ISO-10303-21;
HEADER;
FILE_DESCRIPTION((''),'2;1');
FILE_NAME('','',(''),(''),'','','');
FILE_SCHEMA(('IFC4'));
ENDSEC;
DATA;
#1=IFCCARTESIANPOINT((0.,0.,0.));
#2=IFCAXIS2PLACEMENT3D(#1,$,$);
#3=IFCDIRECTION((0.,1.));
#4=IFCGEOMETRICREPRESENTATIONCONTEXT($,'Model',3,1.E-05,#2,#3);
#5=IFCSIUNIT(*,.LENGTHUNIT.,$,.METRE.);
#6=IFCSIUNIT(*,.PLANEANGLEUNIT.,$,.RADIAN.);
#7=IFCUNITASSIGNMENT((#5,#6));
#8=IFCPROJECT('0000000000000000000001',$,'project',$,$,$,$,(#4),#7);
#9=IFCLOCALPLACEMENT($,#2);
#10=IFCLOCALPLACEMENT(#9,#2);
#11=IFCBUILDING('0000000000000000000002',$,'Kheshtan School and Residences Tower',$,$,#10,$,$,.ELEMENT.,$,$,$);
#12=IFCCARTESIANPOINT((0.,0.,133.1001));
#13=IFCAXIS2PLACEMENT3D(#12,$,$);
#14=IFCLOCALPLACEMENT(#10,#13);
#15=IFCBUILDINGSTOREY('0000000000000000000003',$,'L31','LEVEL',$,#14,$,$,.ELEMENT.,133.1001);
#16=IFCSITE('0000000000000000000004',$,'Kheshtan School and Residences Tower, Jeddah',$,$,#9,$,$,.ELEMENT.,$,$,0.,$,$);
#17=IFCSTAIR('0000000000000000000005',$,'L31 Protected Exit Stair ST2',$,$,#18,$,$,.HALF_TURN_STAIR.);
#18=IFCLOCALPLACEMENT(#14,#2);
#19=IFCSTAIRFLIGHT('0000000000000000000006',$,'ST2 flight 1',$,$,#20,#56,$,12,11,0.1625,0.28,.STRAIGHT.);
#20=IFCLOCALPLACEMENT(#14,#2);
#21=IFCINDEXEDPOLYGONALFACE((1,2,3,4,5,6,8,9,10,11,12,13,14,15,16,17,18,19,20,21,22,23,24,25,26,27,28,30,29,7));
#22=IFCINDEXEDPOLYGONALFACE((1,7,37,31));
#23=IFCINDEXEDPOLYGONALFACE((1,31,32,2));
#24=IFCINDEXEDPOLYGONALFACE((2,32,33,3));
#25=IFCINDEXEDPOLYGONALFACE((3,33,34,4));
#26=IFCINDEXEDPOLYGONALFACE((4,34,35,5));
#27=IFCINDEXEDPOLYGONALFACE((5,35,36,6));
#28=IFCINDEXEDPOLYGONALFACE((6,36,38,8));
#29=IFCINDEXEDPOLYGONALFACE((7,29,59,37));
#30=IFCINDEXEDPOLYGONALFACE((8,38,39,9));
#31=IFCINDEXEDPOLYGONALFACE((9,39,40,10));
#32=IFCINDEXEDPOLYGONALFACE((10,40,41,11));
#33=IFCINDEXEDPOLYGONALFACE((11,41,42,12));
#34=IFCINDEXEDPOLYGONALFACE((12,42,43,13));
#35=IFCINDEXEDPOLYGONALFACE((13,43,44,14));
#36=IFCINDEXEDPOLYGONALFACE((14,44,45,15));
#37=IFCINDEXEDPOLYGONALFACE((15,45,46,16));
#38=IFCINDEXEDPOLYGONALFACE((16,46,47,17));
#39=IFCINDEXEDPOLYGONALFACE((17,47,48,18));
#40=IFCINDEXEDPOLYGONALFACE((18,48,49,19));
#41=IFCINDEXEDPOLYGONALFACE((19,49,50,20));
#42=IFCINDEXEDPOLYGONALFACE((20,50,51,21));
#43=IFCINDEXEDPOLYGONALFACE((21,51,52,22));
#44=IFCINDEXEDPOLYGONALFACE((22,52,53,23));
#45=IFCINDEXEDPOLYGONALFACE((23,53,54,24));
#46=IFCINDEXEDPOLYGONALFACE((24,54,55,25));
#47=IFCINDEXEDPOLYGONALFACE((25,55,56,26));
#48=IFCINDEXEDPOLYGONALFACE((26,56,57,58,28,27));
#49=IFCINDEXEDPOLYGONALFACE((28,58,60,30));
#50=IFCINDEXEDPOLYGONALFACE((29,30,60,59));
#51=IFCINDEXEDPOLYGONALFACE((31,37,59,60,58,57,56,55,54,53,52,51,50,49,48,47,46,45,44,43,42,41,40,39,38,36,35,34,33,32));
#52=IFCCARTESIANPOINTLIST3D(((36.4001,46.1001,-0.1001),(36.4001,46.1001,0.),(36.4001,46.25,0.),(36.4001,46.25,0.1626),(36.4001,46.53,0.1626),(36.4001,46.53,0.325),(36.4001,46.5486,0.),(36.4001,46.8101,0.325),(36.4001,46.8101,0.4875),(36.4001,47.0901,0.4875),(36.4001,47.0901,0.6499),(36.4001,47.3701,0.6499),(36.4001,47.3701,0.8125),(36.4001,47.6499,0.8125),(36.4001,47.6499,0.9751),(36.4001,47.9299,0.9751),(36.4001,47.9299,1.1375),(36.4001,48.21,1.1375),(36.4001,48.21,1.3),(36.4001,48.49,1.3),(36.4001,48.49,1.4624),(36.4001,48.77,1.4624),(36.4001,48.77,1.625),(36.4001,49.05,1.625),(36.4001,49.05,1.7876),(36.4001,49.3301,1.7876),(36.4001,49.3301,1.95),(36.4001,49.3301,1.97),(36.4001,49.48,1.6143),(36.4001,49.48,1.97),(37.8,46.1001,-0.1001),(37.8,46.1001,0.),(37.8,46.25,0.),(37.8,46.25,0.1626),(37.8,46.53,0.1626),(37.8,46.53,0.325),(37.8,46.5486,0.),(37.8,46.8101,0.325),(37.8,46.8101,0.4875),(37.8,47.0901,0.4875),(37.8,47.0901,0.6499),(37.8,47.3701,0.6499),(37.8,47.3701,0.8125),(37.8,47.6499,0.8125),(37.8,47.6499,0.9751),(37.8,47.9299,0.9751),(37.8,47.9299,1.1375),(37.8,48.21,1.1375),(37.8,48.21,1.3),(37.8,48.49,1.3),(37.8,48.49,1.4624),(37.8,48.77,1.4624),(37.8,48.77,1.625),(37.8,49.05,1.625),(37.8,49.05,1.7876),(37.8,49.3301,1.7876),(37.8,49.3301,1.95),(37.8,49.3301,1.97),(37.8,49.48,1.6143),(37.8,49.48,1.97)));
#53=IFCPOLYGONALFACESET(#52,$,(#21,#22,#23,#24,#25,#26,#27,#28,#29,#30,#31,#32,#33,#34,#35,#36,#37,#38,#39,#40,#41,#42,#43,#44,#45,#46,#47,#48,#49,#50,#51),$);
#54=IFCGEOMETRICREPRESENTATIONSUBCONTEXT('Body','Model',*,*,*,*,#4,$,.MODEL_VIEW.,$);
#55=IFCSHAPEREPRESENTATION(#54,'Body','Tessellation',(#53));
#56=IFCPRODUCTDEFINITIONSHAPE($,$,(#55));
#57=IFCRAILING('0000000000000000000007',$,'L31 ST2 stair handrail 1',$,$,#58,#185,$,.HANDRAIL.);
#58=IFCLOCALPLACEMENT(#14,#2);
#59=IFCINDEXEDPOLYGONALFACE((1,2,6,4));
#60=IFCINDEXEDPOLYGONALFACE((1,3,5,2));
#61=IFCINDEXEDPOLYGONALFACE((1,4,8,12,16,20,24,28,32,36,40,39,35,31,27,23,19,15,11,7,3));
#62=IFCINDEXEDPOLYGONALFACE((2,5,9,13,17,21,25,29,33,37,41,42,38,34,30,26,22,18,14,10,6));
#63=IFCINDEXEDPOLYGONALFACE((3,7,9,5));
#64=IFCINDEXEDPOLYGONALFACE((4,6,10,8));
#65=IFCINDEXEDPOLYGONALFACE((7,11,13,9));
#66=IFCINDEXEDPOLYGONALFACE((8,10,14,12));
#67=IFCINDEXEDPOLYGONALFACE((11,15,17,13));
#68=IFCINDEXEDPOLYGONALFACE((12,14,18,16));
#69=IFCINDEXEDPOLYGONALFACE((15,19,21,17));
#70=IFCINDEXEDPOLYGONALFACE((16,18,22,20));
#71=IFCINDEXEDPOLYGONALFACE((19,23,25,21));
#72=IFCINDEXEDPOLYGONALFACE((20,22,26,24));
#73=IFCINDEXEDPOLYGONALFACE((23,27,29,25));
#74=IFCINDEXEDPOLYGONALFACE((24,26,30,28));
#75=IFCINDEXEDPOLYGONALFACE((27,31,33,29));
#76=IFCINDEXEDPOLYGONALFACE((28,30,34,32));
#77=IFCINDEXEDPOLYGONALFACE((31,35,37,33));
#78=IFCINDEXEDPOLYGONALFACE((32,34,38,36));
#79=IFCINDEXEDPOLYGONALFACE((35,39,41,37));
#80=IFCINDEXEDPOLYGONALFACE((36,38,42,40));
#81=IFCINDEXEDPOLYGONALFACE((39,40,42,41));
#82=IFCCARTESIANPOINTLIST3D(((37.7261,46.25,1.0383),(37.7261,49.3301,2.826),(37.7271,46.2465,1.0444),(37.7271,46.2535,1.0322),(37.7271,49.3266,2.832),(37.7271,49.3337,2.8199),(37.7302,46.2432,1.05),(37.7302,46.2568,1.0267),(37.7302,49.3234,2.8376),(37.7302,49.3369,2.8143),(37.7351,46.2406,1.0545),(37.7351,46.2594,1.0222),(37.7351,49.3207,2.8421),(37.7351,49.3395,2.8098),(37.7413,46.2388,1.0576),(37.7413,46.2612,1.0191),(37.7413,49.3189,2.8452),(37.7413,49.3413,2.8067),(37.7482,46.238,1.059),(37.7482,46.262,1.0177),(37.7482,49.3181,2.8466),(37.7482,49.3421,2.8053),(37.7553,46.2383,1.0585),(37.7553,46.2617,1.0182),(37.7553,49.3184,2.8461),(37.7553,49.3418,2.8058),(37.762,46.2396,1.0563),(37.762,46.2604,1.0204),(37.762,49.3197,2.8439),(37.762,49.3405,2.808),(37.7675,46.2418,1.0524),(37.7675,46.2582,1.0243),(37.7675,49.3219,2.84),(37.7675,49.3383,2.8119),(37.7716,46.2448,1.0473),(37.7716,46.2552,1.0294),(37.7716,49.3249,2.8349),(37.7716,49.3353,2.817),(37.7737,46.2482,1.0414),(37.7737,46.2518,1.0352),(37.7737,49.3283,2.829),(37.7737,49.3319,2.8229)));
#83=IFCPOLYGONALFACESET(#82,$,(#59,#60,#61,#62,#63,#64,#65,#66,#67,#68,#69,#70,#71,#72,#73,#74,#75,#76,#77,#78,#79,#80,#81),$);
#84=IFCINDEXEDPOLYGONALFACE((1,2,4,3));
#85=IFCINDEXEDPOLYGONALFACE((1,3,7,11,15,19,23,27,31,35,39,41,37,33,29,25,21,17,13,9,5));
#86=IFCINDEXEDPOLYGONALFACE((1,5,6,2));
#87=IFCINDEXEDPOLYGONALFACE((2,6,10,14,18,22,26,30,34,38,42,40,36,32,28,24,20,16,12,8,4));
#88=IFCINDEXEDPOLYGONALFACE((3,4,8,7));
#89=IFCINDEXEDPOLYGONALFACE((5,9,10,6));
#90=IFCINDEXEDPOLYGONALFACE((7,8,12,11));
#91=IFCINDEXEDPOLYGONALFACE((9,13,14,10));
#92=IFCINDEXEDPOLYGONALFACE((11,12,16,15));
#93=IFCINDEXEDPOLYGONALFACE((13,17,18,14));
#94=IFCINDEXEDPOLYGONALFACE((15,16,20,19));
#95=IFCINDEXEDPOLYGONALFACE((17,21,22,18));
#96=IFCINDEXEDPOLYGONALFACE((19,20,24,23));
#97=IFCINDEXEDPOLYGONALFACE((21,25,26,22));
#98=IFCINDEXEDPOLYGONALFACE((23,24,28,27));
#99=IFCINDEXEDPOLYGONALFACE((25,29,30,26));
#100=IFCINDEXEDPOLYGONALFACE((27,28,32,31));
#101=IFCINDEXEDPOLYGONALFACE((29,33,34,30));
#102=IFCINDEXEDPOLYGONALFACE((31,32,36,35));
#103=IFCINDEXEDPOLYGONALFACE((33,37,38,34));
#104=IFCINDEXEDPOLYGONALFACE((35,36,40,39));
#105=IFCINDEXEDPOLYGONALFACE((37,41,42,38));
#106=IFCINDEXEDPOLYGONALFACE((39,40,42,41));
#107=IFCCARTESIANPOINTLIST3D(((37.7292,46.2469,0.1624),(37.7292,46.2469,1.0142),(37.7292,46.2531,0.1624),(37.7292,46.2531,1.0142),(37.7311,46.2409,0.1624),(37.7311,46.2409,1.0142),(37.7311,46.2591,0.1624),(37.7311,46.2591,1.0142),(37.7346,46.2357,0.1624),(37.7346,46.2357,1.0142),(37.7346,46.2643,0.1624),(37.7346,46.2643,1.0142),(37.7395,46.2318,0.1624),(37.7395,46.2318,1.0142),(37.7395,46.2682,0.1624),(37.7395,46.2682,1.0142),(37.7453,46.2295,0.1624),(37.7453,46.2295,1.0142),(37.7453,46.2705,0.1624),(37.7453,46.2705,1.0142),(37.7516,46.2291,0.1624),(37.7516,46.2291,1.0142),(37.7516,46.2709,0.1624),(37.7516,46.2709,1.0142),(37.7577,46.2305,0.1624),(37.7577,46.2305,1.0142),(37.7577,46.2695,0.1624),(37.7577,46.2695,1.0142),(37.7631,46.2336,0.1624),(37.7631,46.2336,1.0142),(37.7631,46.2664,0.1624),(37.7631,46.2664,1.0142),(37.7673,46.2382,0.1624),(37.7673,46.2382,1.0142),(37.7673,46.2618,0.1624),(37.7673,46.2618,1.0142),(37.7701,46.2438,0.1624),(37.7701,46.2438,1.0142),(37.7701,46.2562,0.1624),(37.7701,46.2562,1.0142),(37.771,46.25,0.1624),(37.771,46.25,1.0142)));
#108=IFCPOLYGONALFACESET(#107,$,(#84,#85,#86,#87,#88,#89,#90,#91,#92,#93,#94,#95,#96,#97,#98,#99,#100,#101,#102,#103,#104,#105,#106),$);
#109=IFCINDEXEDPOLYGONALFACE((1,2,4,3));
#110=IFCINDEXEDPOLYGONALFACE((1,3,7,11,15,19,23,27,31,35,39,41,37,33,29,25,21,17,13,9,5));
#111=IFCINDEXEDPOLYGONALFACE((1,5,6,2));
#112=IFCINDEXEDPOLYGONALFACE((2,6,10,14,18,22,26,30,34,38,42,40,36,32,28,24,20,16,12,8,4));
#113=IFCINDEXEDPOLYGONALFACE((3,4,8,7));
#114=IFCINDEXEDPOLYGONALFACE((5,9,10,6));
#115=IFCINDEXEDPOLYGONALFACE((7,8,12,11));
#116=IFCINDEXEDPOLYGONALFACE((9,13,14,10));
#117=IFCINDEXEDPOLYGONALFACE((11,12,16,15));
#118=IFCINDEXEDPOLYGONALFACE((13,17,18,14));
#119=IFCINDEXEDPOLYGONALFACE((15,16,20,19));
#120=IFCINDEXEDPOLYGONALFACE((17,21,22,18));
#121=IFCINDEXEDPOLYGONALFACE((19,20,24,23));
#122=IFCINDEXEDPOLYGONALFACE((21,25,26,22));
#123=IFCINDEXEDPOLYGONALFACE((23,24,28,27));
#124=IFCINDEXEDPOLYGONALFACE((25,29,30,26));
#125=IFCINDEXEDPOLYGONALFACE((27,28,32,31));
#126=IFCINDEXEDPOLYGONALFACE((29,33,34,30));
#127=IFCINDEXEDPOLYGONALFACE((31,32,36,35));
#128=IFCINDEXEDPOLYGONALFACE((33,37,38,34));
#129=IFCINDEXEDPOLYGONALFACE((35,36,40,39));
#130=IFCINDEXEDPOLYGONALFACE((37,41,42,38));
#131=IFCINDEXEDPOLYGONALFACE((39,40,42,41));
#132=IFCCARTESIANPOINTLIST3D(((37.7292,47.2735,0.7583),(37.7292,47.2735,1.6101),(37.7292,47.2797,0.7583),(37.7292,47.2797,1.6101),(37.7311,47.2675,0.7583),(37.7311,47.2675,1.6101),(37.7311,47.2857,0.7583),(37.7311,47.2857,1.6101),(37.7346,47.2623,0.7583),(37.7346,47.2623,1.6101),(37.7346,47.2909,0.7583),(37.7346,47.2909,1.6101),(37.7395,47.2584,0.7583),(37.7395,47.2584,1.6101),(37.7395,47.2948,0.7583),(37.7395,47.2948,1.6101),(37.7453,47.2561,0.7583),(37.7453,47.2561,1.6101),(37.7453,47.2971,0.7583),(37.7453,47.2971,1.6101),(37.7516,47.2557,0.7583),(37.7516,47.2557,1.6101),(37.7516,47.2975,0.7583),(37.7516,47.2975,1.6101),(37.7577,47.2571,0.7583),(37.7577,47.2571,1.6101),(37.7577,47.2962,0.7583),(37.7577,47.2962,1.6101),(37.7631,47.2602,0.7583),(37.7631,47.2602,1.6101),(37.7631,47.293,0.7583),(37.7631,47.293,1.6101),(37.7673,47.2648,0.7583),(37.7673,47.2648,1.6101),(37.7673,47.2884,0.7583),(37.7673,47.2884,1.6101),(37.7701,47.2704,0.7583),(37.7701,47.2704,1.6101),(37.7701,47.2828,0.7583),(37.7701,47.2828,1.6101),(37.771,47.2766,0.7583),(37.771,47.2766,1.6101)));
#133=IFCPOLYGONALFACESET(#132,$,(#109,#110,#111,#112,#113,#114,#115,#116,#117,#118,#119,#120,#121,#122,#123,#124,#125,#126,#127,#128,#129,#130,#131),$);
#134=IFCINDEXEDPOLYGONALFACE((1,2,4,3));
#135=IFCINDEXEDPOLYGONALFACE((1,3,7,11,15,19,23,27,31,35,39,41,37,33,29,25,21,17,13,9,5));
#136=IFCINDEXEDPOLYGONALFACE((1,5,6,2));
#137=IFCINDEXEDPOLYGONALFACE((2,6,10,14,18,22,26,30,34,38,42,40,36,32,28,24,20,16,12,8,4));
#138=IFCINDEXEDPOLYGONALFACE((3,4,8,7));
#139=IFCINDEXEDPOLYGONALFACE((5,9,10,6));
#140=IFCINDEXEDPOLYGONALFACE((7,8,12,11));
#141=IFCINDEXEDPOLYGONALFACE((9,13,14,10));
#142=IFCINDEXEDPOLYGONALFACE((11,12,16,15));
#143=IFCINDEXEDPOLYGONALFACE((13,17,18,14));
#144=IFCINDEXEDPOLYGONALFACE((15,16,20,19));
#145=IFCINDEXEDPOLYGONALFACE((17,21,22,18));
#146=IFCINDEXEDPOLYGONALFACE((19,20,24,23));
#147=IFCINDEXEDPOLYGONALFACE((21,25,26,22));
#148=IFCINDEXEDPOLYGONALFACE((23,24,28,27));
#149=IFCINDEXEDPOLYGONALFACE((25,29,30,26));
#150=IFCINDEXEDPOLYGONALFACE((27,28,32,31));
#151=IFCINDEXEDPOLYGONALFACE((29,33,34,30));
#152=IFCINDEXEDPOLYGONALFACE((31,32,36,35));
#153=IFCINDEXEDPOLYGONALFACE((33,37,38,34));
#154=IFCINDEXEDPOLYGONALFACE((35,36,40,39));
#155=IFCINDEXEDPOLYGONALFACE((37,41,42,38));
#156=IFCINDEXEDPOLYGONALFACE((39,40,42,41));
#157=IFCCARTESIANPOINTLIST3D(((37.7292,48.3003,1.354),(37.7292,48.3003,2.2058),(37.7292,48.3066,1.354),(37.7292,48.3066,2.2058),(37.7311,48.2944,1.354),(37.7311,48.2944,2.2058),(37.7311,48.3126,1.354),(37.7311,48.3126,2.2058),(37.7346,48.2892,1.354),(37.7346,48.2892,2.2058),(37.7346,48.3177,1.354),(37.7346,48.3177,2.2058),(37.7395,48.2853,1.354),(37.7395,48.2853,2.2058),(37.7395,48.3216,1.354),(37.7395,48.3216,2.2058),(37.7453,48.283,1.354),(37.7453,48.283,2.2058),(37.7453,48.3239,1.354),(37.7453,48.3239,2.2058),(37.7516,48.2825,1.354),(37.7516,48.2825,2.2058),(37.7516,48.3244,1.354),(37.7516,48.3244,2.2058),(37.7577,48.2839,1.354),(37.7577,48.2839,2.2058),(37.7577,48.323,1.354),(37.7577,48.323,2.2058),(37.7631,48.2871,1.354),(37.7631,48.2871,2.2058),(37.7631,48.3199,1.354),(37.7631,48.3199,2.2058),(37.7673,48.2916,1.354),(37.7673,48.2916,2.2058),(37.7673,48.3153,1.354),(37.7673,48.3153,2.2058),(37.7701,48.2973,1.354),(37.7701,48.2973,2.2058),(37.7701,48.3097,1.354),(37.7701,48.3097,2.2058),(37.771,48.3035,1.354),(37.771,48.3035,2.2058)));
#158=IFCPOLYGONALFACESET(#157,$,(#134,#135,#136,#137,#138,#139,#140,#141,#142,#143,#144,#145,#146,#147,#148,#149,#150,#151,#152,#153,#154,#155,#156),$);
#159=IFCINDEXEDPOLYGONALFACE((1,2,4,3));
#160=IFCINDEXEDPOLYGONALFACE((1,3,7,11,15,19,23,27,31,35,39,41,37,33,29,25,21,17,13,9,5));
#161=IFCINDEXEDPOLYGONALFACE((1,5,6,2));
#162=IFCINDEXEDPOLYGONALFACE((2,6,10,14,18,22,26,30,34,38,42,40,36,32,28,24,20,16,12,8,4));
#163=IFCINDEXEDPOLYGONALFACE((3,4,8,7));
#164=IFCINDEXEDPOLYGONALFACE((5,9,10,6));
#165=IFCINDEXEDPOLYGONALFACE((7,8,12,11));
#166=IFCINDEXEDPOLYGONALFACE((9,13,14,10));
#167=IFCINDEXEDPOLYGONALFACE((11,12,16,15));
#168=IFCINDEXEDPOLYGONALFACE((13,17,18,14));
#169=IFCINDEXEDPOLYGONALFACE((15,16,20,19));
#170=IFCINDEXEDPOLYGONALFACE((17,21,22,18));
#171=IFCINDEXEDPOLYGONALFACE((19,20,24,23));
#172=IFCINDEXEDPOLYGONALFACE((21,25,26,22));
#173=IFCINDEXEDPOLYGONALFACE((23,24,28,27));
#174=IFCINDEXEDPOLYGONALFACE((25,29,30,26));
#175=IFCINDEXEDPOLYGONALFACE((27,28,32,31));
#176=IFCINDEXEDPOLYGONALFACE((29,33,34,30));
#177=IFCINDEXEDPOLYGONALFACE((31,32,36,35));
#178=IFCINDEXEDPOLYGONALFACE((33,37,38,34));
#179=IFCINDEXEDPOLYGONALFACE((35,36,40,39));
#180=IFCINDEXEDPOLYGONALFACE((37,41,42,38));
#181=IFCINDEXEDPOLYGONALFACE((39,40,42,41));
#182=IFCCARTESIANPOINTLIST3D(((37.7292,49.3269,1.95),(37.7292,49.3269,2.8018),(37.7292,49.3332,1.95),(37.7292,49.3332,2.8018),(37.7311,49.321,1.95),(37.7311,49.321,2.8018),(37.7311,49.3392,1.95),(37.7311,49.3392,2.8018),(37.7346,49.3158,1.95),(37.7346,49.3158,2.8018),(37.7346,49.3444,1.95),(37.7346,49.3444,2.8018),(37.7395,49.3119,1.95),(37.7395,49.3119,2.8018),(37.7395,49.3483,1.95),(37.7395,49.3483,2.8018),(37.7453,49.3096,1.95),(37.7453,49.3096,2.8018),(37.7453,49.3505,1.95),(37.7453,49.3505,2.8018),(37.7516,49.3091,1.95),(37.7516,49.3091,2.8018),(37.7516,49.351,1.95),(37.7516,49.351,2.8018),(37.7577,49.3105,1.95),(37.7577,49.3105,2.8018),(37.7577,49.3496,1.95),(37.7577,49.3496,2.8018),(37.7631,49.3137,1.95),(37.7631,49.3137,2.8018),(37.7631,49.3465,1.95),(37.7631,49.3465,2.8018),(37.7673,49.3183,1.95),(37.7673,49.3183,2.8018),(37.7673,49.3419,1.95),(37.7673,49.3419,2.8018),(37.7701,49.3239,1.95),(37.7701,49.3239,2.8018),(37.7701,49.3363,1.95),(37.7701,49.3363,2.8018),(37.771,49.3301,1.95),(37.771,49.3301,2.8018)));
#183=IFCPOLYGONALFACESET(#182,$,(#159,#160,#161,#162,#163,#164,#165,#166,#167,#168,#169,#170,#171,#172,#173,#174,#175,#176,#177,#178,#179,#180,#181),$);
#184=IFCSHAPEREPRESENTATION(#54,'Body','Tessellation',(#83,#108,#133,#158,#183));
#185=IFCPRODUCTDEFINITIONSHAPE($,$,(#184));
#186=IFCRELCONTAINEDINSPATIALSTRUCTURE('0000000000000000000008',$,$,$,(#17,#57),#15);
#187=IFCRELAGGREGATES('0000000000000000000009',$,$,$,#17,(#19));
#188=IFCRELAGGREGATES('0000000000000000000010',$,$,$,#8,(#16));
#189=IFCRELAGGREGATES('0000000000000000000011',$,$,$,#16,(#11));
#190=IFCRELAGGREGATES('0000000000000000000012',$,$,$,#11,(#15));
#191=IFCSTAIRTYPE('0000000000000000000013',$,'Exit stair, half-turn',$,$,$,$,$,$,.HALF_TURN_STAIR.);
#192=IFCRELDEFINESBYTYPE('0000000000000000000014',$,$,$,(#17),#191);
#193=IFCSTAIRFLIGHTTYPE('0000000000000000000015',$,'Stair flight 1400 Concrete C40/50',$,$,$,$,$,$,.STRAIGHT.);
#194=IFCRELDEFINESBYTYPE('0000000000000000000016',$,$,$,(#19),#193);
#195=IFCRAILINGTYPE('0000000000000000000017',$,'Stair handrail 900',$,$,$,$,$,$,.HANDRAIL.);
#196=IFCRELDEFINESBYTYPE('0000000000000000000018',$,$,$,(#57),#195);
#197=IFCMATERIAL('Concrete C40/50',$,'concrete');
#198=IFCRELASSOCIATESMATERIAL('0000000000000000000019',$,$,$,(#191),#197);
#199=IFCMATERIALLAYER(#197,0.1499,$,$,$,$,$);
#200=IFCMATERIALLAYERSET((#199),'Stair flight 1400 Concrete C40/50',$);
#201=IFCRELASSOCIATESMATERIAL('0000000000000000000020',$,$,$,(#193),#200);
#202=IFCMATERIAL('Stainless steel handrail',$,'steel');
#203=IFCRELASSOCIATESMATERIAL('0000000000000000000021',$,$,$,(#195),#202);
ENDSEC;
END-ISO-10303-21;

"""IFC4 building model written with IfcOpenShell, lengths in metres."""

from ifc_helpers import new_model, si_unit, direction, frame, origin, origin_2d, place, context, subcontext, project, spatial, polyline, circle, outline, extrude, material, layer, layer_set, type_object, element, aggregate, save


model = new_model("IFC4")

# Units and contexts
model_context = context("Model", 3, precision=1e-05, world=origin(), true_north=direction((0.0, 1.0)))
body_context = subcontext(model_context, "Body", "Model", "MODEL_VIEW")
ifc_project = project(units=[si_unit("LENGTHUNIT", "METRE"), si_unit("PLANEANGLEUNIT", "RADIAN")], contexts=[model_context])

# Site, building, storey
site_placement = place(None, origin())
site = spatial("IfcSite", under=ifc_project, at=site_placement, Name="Kheshtan School and Residences Tower, Jeddah", CompositionType="ELEMENT", RefElevation=0.0)
building_placement = place(site_placement, origin())
building = spatial("IfcBuilding", under=site, at=building_placement, Name="Kheshtan School and Residences Tower", CompositionType="ELEMENT")
storey_placement = place(building_placement, frame((0.0, 0.0, 133.1001)))
storey = spatial("IfcBuildingStorey", under=building, at=storey_placement, Name="L31", Description="LEVEL", CompositionType="ELEMENT", Elevation=133.1001)

# Stair, stair flight
ifc_material_1 = material(Name="Concrete C40/50", Category="concrete")
stair_type = type_object("IfcStairType", Name="Exit stair, half-turn", PredefinedType="HALF_TURN_STAIR", material=ifc_material_1)
stair_placement = place(storey_placement, origin())
stair = element("IfcStair", 1, at=stair_placement, inside=storey, type_object=stair_type, Name="L31 Protected Exit Stair ST2", PredefinedType="HALF_TURN_STAIR")
ifc_layer_1 = layer(ifc_material_1, 0.1499)
ifc_layer_set_1 = layer_set([ifc_layer_1], Name="Stair flight 1400 Concrete C40/50")
stair_flight_type = type_object("IfcStairFlightType", Name="Stair flight 1400 Concrete C40/50", PredefinedType="STRAIGHT", material=ifc_layer_set_1)
stair_flight_placement = place(storey_placement, frame((37.1001, 46.25, 0.0), z_axis=(0.0, 0.0, 1.0), x_axis=(0.0, 1.0, 0.0)))
stair_flight = element("IfcStairFlight", 2, at=stair_flight_placement, type_object=stair_flight_type, Name="ST2 flight 1", NumberOfRisers=12, NumberOfTreads=11, PredefinedType="STRAIGHT", RiserHeight=0.1625, TreadLength=0.28, context=body_context, shape_type="SweptSolid", body=[
    extrude(outline(polyline([(-0.1499, -0.1001), (-0.1499, 0.0), (0.0, 0.0), (0.0, 0.1626), (0.28, 0.1626), (0.28, 0.325), (0.5601, 0.325), (0.5601, 0.4875), (0.8401, 0.4875), (0.8401, 0.6499), (1.1201, 0.6499), (1.1201, 0.8125), (1.3999, 0.8125), (1.3999, 0.9751), (1.6799, 0.9751), (1.6799, 1.1375), (1.96, 1.1375), (1.96, 1.3), (2.24, 1.3), (2.24, 1.4624), (2.52, 1.4624), (2.52, 1.625), (2.8, 1.625), (2.8, 1.7876), (3.0801, 1.7876), (3.0801, 1.95), (3.0801, 1.97), (3.23, 1.97), (3.23, 1.6143), (0.2986, 0.0), (-0.1499, -0.1001)])), frame((0.0, 0.7, 0.0), z_axis=(0.0, -1.0, 0.0), x_axis=(1.0, 0.0, 0.0)), (0.0, 0.0, 1.0), 1.3999),
])
aggregate(stair, [stair_flight])

# Railing
ifc_material_2 = material(Name="Stainless steel handrail", Category="steel")
railing_type_1 = type_object("IfcRailingType", Name="Stair handrail 900", PredefinedType="HANDRAIL", material=ifc_material_2)
railing_1_placement = place(storey_placement, frame((37.75, 46.25, 0.1624)))
element("IfcRailing", 3, at=railing_1_placement, inside=storey, type_object=railing_type_1, Name="L31 ST2 stair handrail 1", PredefinedType="HANDRAIL", context=body_context, shape_type="SweptSolid", body=[
    extrude(circle(Radius=0.0239, at=origin_2d()), frame((0.0, 0.0, 0.876), z_axis=(0.0, 0.864891, 0.50196), x_axis=(-1.0, 0.0, 0.0)), (0.0, 0.0, 1.0), 3.5613),
    extrude(circle(Radius=0.021, at=origin_2d()), origin(), (0.0, 0.0, 1.0), 0.8518),
    extrude(circle(Radius=0.021, at=origin_2d()), frame((0.0, 1.0266, 0.5959)), (0.0, 0.0, 1.0), 0.8518),
    extrude(circle(Radius=0.021, at=origin_2d()), frame((0.0, 2.0535, 1.1917)), (0.0, 0.0, 1.0), 0.8518),
    extrude(circle(Radius=0.021, at=origin_2d()), frame((0.0, 3.0801, 1.7876)), (0.0, 0.0, 1.0), 0.8518),
])

save(model, "model.ifc")
